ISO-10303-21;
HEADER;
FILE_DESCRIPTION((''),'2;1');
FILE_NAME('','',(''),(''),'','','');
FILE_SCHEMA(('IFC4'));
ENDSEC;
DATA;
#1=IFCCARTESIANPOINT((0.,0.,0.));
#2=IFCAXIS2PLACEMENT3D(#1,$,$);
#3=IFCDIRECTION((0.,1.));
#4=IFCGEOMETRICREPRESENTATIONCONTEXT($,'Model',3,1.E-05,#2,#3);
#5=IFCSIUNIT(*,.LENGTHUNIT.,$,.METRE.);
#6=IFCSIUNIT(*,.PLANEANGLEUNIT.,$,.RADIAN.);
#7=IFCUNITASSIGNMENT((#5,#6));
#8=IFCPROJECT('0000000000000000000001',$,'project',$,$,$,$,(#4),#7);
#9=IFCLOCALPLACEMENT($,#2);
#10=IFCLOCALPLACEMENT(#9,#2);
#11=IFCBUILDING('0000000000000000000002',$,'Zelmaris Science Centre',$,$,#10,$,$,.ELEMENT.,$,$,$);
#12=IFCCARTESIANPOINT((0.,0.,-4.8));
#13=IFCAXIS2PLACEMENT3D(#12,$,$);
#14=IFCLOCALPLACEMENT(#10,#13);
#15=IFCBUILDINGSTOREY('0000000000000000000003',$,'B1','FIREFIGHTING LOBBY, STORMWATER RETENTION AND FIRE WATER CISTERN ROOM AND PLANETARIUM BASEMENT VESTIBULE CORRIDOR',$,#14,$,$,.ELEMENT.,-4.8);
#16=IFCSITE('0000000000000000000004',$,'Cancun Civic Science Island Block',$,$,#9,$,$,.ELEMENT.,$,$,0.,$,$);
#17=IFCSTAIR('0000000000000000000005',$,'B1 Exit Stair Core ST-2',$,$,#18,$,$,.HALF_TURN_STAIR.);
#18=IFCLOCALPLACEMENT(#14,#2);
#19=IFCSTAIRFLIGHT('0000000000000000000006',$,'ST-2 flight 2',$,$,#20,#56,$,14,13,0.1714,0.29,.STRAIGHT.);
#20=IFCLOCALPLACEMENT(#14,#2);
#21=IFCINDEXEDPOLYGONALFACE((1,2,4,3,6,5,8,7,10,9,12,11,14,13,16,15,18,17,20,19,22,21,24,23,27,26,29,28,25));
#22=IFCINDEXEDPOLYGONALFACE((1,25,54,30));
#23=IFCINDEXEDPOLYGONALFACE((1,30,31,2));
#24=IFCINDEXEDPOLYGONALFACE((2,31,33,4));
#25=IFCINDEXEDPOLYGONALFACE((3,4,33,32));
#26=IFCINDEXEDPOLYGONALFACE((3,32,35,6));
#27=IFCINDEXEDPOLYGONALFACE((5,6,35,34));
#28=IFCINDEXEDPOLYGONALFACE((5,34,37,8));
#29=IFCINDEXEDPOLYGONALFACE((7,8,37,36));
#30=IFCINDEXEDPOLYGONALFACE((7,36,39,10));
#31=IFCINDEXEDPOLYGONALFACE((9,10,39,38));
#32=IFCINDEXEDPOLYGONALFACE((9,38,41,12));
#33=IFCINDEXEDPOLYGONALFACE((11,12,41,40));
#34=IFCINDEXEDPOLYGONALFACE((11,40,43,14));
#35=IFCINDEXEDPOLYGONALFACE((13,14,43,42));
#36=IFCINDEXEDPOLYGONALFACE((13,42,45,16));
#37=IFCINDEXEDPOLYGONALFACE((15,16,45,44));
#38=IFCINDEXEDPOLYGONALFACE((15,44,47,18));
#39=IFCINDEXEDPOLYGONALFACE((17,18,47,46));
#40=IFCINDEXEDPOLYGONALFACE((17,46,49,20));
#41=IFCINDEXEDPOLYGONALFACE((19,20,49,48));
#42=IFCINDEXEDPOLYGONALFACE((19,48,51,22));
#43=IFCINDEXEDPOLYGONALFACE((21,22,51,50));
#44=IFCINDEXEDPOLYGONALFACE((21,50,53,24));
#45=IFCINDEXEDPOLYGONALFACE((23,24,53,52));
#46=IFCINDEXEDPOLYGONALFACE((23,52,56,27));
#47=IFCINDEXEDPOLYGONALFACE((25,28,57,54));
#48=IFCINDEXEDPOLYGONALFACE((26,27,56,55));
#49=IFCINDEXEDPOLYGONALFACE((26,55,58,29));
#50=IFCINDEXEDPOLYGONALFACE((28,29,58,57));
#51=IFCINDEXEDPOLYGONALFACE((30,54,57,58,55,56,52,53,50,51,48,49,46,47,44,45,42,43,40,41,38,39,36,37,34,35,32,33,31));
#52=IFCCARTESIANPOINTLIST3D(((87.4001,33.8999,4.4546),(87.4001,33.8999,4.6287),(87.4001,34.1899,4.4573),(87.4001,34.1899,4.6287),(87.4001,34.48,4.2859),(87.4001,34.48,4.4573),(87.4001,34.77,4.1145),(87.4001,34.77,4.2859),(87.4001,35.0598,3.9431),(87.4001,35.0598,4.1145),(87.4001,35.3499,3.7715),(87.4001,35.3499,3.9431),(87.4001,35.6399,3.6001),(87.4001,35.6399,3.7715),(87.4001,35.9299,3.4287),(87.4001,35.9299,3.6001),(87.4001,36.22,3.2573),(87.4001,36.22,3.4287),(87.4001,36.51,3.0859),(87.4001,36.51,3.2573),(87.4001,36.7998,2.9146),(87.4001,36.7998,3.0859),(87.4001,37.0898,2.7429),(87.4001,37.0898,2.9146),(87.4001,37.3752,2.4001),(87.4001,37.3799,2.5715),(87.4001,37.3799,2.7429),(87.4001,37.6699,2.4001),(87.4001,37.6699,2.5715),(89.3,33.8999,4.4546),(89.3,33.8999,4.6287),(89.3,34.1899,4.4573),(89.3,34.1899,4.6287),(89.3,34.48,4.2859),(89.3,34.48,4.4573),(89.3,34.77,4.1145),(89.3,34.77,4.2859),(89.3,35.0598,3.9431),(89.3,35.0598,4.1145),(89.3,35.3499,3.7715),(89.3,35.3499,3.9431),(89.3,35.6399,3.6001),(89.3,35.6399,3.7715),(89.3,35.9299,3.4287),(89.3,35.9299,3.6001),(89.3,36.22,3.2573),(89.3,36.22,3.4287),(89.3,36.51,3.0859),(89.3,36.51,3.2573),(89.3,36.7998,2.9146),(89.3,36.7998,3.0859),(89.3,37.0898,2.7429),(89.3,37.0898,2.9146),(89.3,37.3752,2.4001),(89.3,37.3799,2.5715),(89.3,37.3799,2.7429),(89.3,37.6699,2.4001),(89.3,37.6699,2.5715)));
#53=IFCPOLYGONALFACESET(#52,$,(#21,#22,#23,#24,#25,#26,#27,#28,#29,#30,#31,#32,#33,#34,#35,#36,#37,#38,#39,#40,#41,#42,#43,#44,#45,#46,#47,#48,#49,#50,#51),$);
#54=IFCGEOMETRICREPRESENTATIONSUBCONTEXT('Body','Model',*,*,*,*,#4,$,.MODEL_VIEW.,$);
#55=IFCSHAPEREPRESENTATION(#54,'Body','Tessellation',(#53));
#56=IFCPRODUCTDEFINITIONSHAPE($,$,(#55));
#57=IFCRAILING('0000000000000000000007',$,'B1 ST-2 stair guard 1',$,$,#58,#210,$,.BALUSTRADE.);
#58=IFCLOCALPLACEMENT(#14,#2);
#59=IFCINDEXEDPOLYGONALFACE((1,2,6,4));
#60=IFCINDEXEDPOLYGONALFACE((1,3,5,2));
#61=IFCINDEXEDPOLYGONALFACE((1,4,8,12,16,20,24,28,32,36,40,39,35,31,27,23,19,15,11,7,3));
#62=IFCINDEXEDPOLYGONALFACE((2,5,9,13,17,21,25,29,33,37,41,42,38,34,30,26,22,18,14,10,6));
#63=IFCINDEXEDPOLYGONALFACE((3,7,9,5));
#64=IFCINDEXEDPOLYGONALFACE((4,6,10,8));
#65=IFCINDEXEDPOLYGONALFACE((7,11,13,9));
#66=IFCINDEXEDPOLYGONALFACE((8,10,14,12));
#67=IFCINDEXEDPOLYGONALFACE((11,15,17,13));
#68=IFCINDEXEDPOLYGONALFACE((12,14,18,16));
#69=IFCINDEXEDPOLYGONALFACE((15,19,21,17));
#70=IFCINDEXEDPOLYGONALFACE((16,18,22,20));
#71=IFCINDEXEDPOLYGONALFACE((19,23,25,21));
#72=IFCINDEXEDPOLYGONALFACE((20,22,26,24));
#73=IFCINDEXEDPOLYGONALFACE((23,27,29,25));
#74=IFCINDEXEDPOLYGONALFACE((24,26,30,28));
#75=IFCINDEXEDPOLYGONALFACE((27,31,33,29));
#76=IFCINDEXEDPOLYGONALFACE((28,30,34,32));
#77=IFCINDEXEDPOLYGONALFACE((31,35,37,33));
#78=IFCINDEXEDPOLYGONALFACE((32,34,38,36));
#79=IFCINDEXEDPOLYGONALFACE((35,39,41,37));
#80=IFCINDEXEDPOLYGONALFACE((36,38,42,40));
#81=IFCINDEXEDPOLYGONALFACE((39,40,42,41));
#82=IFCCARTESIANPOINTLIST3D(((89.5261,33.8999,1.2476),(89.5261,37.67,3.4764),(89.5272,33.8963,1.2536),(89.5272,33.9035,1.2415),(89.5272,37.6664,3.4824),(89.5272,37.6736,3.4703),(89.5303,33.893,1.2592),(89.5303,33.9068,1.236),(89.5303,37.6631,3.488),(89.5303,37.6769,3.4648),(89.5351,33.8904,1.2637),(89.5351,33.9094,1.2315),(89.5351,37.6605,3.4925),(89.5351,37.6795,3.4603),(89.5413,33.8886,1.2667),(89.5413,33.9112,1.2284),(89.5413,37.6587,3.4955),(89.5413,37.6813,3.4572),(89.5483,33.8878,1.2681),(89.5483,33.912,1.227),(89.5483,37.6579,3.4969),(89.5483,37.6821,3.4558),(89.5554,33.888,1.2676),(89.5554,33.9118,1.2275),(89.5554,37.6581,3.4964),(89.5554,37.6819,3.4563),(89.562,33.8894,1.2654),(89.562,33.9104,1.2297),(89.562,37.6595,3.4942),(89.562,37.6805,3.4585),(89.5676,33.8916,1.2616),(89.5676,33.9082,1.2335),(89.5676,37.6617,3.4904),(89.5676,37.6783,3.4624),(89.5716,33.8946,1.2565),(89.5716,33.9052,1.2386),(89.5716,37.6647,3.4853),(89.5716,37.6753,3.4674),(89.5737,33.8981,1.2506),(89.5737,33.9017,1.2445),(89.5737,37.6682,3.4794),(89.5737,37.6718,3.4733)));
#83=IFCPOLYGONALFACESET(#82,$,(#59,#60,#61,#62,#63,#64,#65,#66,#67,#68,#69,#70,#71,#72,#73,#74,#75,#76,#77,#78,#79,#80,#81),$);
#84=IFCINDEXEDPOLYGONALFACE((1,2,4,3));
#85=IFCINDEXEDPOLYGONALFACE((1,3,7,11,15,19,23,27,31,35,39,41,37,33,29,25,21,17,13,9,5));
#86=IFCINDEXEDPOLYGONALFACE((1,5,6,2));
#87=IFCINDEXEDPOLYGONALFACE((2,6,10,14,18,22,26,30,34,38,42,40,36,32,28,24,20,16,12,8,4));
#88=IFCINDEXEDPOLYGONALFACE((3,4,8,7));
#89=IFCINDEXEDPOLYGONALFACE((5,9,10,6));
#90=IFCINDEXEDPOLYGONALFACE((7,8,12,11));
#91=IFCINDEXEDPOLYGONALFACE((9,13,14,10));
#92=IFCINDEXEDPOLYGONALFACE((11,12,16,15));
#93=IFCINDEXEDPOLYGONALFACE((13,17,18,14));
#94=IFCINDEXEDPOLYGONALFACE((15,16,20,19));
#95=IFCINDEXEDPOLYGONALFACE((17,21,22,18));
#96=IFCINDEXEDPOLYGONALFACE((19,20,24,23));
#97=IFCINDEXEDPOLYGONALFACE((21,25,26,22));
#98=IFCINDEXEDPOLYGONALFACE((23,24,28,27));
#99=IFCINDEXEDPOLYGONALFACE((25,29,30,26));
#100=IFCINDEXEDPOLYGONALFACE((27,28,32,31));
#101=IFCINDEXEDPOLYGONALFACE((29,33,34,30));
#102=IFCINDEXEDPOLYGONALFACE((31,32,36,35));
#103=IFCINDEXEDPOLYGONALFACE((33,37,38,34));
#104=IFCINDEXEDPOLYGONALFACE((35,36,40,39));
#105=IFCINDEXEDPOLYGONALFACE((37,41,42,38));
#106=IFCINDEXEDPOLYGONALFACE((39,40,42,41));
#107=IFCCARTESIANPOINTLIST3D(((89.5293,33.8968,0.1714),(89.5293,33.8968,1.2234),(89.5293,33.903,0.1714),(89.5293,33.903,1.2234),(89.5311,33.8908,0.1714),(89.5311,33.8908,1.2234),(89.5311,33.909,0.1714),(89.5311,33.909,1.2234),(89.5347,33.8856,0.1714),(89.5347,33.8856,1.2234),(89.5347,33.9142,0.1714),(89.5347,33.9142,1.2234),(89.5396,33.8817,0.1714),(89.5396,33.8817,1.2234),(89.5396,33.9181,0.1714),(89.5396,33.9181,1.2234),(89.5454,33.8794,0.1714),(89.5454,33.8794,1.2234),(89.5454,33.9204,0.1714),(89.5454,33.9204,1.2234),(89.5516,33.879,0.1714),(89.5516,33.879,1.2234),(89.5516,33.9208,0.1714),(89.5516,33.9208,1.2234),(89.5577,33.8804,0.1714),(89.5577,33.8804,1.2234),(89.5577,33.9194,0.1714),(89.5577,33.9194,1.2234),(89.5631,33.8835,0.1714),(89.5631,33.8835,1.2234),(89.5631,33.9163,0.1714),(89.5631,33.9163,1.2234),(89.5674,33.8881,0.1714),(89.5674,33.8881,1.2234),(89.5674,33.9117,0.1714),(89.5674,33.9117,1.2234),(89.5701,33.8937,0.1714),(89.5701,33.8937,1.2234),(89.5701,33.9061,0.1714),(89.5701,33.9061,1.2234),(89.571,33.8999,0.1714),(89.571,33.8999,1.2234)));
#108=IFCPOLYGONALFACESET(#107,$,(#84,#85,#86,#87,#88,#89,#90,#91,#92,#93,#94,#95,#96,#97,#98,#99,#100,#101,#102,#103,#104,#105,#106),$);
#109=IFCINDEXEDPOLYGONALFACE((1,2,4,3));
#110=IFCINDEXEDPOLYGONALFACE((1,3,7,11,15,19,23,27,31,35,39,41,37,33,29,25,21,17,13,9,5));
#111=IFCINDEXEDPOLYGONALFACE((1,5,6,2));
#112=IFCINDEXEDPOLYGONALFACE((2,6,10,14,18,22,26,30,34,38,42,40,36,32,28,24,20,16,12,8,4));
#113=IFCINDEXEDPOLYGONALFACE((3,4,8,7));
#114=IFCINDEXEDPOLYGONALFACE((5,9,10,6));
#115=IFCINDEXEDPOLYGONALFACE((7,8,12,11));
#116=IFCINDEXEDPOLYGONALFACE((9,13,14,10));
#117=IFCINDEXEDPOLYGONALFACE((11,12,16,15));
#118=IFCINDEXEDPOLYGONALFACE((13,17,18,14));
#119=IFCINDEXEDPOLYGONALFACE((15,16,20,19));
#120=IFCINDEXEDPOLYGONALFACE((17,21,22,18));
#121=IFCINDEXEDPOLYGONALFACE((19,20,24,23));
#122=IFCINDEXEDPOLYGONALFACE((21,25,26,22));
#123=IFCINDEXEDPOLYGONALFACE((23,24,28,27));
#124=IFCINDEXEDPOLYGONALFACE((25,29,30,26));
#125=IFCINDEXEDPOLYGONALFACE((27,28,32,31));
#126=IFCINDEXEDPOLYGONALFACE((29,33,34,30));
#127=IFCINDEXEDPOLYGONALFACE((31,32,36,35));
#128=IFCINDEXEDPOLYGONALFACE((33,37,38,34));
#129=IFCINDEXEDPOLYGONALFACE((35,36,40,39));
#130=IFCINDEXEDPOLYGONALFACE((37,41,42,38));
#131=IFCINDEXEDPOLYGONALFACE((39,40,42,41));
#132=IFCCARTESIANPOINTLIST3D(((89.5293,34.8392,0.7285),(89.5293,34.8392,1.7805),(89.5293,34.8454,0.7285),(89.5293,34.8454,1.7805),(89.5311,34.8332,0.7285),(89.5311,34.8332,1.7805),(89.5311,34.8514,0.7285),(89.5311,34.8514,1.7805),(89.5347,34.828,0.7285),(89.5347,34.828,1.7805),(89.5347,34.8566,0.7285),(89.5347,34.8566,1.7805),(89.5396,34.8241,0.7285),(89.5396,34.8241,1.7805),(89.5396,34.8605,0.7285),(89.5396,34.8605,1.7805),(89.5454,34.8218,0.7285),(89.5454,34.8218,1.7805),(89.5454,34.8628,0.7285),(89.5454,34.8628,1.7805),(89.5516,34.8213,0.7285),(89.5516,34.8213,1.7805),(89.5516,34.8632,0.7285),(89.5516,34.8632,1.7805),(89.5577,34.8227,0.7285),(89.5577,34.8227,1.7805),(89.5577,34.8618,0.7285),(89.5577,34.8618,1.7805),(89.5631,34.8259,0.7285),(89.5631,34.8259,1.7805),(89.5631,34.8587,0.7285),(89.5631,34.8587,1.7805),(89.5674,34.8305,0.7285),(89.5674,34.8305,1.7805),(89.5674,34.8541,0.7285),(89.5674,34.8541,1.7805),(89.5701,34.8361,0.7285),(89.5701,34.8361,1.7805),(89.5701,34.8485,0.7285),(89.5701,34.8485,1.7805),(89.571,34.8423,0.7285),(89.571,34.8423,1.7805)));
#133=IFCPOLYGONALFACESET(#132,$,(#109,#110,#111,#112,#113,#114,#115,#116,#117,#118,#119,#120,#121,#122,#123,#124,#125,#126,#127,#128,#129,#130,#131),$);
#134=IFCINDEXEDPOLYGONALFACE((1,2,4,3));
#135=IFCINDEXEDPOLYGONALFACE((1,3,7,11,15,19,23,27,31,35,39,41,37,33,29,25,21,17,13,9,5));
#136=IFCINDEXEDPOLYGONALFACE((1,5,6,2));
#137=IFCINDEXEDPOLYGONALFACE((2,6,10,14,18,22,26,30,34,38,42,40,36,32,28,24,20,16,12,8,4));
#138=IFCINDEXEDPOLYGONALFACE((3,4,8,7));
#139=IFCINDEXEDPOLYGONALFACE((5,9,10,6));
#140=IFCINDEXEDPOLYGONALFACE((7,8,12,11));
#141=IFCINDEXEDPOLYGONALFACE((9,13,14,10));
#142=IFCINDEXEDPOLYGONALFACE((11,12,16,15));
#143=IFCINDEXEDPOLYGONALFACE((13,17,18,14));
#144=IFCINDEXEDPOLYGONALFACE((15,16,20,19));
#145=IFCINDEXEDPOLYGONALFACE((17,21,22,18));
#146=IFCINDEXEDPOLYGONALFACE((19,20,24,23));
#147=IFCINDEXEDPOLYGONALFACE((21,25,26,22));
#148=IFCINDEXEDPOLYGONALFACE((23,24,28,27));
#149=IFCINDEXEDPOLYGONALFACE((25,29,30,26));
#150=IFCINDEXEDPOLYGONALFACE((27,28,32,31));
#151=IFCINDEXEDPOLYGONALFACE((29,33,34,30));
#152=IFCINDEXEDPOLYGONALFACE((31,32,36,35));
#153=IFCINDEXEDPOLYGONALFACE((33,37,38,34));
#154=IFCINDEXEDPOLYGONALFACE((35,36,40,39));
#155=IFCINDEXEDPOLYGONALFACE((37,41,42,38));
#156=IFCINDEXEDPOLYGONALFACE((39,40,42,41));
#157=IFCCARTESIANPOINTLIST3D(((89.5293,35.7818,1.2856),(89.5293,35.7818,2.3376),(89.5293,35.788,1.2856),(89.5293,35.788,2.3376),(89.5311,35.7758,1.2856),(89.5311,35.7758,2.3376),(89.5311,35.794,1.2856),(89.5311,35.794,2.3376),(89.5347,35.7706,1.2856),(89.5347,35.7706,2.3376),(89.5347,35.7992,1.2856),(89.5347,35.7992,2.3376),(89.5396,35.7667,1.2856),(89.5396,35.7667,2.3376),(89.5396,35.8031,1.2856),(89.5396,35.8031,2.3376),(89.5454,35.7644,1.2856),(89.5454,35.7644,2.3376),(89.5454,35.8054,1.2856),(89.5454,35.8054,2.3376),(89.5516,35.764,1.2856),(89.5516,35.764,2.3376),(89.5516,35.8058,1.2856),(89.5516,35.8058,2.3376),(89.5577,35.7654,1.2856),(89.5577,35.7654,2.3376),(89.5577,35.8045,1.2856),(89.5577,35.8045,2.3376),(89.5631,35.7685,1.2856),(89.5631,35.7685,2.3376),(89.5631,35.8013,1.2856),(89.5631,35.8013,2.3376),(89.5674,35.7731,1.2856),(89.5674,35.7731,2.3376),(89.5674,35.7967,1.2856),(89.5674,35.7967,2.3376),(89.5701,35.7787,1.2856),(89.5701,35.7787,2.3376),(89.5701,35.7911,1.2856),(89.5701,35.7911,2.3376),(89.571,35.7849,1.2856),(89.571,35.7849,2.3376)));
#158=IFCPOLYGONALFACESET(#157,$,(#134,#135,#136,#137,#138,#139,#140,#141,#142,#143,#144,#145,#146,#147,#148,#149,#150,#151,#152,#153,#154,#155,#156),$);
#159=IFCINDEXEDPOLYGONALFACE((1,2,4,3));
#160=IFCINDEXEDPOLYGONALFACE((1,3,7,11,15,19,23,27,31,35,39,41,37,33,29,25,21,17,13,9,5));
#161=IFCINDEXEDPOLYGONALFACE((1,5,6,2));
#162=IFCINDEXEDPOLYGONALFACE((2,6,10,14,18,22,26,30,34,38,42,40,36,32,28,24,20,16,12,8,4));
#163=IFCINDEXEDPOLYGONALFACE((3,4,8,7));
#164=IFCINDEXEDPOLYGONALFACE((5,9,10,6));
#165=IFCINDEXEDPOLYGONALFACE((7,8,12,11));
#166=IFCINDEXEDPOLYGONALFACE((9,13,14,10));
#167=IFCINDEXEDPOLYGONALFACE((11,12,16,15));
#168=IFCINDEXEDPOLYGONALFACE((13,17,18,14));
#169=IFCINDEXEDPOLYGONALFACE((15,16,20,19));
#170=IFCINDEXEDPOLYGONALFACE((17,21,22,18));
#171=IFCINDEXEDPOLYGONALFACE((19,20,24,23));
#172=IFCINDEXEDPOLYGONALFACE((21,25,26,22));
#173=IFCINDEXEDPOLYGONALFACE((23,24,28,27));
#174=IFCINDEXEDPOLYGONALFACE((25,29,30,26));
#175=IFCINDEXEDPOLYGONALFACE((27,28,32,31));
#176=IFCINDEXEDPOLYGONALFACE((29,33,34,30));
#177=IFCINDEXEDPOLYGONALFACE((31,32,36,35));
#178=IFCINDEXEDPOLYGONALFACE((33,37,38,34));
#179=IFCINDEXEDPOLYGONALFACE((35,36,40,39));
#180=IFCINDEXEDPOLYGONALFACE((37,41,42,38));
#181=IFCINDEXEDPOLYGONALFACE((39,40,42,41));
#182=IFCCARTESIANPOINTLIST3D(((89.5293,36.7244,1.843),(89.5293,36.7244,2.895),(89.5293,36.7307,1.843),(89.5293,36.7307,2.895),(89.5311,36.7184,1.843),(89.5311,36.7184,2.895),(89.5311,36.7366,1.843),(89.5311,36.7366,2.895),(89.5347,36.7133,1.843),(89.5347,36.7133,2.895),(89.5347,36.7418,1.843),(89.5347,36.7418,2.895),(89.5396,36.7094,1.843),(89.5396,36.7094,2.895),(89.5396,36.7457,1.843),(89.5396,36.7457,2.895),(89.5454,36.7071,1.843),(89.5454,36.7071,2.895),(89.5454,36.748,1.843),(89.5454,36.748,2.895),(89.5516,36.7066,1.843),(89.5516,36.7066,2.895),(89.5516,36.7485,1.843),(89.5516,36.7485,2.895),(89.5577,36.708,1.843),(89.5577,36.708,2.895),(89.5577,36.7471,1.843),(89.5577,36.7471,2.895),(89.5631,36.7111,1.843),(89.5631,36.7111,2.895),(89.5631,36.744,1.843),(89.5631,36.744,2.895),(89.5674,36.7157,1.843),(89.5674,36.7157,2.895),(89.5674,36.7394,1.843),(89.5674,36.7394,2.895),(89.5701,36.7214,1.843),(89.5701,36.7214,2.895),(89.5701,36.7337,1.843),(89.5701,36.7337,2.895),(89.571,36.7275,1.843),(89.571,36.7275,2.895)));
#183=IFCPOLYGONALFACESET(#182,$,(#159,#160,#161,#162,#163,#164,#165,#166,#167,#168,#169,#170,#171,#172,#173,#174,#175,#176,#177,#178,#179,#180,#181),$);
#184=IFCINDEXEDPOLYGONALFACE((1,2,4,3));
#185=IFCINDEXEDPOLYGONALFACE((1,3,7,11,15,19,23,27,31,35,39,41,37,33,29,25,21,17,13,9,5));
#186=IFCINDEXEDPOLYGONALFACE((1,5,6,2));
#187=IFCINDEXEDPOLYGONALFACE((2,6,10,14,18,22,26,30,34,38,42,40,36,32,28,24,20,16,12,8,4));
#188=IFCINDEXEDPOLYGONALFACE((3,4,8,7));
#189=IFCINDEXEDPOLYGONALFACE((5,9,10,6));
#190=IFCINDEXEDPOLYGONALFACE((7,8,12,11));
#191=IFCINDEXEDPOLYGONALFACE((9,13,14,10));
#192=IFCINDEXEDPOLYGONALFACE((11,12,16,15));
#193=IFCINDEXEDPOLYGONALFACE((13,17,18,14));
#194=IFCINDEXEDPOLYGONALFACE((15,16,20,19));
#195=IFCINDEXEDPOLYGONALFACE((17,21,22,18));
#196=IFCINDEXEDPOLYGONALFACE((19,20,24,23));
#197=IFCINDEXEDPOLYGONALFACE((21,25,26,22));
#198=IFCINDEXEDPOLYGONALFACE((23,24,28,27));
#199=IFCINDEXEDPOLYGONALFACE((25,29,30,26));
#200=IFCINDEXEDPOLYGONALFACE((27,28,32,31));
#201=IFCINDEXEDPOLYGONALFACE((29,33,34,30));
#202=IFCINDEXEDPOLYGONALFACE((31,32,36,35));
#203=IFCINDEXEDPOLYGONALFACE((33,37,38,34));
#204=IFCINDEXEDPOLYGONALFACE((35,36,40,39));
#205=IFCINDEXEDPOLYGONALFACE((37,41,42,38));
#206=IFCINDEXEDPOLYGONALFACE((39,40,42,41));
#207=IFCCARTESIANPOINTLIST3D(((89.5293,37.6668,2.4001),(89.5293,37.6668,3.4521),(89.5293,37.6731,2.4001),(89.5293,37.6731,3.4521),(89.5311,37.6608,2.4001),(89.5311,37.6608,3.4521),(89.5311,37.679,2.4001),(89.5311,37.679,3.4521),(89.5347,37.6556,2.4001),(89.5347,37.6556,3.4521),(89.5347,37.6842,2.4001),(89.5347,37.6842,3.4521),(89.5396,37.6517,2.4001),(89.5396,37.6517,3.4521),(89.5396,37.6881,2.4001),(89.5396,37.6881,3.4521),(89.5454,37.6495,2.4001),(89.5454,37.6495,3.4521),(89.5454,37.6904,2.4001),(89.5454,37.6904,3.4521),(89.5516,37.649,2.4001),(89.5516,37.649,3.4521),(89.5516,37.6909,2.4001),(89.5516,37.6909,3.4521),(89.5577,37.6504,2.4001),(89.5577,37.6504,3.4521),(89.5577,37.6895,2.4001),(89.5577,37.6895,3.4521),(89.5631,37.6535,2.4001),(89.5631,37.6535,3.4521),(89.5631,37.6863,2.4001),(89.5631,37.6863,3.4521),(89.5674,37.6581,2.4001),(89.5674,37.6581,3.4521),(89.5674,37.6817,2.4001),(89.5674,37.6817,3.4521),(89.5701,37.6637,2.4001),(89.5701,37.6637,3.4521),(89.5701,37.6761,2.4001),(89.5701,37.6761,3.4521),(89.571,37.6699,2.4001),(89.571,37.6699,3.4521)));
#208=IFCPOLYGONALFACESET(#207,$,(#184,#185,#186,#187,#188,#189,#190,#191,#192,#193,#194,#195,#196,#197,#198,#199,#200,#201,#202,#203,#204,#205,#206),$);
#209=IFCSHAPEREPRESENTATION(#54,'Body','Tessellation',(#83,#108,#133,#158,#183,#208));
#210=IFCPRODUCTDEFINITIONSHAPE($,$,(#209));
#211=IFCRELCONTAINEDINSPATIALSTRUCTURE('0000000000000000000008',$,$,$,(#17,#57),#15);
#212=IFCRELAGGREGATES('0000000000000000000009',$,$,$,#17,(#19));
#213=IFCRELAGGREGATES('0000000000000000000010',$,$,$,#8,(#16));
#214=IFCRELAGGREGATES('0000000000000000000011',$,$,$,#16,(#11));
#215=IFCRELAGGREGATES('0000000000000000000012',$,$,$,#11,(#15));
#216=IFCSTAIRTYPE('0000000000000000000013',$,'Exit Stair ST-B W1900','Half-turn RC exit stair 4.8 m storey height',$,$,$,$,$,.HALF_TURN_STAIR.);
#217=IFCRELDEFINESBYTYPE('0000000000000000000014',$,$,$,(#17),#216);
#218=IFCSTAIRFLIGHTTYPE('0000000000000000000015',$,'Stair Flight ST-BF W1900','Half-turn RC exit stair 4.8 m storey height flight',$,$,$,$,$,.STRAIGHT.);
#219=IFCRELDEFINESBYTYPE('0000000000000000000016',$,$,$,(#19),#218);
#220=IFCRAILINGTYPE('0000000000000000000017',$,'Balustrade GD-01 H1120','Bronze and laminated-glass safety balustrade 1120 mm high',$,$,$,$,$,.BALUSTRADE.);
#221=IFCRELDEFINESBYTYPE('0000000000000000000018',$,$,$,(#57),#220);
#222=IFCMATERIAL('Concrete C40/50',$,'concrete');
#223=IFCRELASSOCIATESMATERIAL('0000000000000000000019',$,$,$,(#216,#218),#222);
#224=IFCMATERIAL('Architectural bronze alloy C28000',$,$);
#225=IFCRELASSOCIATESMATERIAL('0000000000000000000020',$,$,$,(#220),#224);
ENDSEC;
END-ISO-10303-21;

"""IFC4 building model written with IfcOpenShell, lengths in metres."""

from ifc_helpers import new_model, si_unit, direction, frame, origin, origin_2d, place, context, subcontext, project, spatial, polyline, circle, outline, extrude, material, type_object, element, aggregate, save


model = new_model("IFC4")

# Units and contexts
model_context = context("Model", 3, precision=1e-05, world=origin(), true_north=direction((0.0, 1.0)))
body_context = subcontext(model_context, "Body", "Model", "MODEL_VIEW")
ifc_project = project(units=[si_unit("LENGTHUNIT", "METRE"), si_unit("PLANEANGLEUNIT", "RADIAN")], contexts=[model_context])

# Site, building, storey
site_placement = place(None, origin())
site = spatial("IfcSite", under=ifc_project, at=site_placement, Name="Cancun Civic Science Island Block", CompositionType="ELEMENT", RefElevation=0.0)
building_placement = place(site_placement, origin())
building = spatial("IfcBuilding", under=site, at=building_placement, Name="Zelmaris Science Centre", CompositionType="ELEMENT")
storey_placement = place(building_placement, frame((0.0, 0.0, -4.8)))
storey = spatial("IfcBuildingStorey", under=building, at=storey_placement, Name="B1", Description="FIREFIGHTING LOBBY, STORMWATER RETENTION AND FIRE WATER CISTERN ROOM AND PLANETARIUM BASEMENT VESTIBULE CORRIDOR", CompositionType="ELEMENT", Elevation=-4.8)

# Shared definitions
ifc_material_1 = material(Name="Concrete C40/50", Category="concrete")

# Stair, stair flight
stair_type = type_object("IfcStairType", Name="Exit Stair ST-B W1900", Description="Half-turn RC exit stair 4.8 m storey height", PredefinedType="HALF_TURN_STAIR", material=ifc_material_1)
stair_placement = place(storey_placement, origin())
stair = element("IfcStair", 1, at=stair_placement, inside=storey, type_object=stair_type, Name="B1 Exit Stair Core ST-2", PredefinedType="HALF_TURN_STAIR")
stair_flight_type = type_object("IfcStairFlightType", Name="Stair Flight ST-BF W1900", Description="Half-turn RC exit stair 4.8 m storey height flight", PredefinedType="STRAIGHT", material=ifc_material_1)
stair_flight_1_placement = place(storey_placement, frame((88.3501, 37.6699, 2.4001), z_axis=(0.0, 0.0, 1.0), x_axis=(0.0, -1.0, 0.0)))
stair_flight_1 = element("IfcStairFlight", 2, at=stair_flight_1_placement, type_object=stair_flight_type, Name="ST-2 flight 2", NumberOfRisers=14, NumberOfTreads=13, PredefinedType="STRAIGHT", RiserHeight=0.1714, TreadLength=0.29, context=body_context, shape_type="SweptSolid", body=[
    extrude(outline(polyline([(0.0, 0.0), (0.0, 0.1714), (0.29, 0.1714), (0.29, 0.3428), (0.5801, 0.3428), (0.5801, 0.5144), (0.8701, 0.5144), (0.8701, 0.6858), (1.1599, 0.6858), (1.1599, 0.8572), (1.45, 0.8572), (1.45, 1.0286), (1.74, 1.0286), (1.74, 1.2), (2.03, 1.2), (2.03, 1.3713), (2.3201, 1.3713), (2.3201, 1.543), (2.6101, 1.543), (2.6101, 1.7144), (2.8999, 1.7144), (2.8999, 1.8857), (3.1899, 1.8857), (3.1899, 2.0571), (3.48, 2.0571), (3.48, 2.2285), (3.77, 2.2285), (3.77, 2.3999), (3.77, 2.0544), (0.2947, 0.0), (0.0, 0.0)])), frame((0.0, 0.95, 0.0), z_axis=(0.0, -1.0, 0.0), x_axis=(1.0, 0.0, 0.0)), (0.0, 0.0, 1.0), 1.8999),
])
aggregate(stair, [stair_flight_1])

# Railing
ifc_material_2 = material(Name="Architectural bronze alloy C28000")
railing_type_1 = type_object("IfcRailingType", Name="Balustrade GD-01 H1120", Description="Bronze and laminated-glass safety balustrade 1120 mm high", PredefinedType="BALUSTRADE", material=ifc_material_2)
railing_1_placement = place(storey_placement, frame((89.55, 33.8999, 0.1714)))
element("IfcRailing", 3, at=railing_1_placement, inside=storey, type_object=railing_type_1, Name="B1 ST-2 stair guard 1", PredefinedType="BALUSTRADE", context=body_context, shape_type="SweptSolid", body=[
    extrude(circle(Radius=0.0239, at=origin_2d()), frame((0.0, 0.0, 1.0762), z_axis=(0.0, 0.860824, 0.508902), x_axis=(-1.0, 0.0, 0.0)), (0.0, 0.0, 1.0), 4.3796),
    extrude(circle(Radius=0.021, at=origin_2d()), origin(), (0.0, 0.0, 1.0), 1.052),
    extrude(circle(Radius=0.021, at=origin_2d()), frame((0.0, 0.9424, 0.5571)), (0.0, 0.0, 1.0), 1.052),
    extrude(circle(Radius=0.021, at=origin_2d()), frame((0.0, 1.885, 1.1143)), (0.0, 0.0, 1.0), 1.052),
    extrude(circle(Radius=0.021, at=origin_2d()), frame((0.0, 2.8276, 1.6716)), (0.0, 0.0, 1.0), 1.052),
    extrude(circle(Radius=0.021, at=origin_2d()), frame((0.0, 3.77, 2.2288)), (0.0, 0.0, 1.0), 1.052),
])

save(model, "model.ifc")
